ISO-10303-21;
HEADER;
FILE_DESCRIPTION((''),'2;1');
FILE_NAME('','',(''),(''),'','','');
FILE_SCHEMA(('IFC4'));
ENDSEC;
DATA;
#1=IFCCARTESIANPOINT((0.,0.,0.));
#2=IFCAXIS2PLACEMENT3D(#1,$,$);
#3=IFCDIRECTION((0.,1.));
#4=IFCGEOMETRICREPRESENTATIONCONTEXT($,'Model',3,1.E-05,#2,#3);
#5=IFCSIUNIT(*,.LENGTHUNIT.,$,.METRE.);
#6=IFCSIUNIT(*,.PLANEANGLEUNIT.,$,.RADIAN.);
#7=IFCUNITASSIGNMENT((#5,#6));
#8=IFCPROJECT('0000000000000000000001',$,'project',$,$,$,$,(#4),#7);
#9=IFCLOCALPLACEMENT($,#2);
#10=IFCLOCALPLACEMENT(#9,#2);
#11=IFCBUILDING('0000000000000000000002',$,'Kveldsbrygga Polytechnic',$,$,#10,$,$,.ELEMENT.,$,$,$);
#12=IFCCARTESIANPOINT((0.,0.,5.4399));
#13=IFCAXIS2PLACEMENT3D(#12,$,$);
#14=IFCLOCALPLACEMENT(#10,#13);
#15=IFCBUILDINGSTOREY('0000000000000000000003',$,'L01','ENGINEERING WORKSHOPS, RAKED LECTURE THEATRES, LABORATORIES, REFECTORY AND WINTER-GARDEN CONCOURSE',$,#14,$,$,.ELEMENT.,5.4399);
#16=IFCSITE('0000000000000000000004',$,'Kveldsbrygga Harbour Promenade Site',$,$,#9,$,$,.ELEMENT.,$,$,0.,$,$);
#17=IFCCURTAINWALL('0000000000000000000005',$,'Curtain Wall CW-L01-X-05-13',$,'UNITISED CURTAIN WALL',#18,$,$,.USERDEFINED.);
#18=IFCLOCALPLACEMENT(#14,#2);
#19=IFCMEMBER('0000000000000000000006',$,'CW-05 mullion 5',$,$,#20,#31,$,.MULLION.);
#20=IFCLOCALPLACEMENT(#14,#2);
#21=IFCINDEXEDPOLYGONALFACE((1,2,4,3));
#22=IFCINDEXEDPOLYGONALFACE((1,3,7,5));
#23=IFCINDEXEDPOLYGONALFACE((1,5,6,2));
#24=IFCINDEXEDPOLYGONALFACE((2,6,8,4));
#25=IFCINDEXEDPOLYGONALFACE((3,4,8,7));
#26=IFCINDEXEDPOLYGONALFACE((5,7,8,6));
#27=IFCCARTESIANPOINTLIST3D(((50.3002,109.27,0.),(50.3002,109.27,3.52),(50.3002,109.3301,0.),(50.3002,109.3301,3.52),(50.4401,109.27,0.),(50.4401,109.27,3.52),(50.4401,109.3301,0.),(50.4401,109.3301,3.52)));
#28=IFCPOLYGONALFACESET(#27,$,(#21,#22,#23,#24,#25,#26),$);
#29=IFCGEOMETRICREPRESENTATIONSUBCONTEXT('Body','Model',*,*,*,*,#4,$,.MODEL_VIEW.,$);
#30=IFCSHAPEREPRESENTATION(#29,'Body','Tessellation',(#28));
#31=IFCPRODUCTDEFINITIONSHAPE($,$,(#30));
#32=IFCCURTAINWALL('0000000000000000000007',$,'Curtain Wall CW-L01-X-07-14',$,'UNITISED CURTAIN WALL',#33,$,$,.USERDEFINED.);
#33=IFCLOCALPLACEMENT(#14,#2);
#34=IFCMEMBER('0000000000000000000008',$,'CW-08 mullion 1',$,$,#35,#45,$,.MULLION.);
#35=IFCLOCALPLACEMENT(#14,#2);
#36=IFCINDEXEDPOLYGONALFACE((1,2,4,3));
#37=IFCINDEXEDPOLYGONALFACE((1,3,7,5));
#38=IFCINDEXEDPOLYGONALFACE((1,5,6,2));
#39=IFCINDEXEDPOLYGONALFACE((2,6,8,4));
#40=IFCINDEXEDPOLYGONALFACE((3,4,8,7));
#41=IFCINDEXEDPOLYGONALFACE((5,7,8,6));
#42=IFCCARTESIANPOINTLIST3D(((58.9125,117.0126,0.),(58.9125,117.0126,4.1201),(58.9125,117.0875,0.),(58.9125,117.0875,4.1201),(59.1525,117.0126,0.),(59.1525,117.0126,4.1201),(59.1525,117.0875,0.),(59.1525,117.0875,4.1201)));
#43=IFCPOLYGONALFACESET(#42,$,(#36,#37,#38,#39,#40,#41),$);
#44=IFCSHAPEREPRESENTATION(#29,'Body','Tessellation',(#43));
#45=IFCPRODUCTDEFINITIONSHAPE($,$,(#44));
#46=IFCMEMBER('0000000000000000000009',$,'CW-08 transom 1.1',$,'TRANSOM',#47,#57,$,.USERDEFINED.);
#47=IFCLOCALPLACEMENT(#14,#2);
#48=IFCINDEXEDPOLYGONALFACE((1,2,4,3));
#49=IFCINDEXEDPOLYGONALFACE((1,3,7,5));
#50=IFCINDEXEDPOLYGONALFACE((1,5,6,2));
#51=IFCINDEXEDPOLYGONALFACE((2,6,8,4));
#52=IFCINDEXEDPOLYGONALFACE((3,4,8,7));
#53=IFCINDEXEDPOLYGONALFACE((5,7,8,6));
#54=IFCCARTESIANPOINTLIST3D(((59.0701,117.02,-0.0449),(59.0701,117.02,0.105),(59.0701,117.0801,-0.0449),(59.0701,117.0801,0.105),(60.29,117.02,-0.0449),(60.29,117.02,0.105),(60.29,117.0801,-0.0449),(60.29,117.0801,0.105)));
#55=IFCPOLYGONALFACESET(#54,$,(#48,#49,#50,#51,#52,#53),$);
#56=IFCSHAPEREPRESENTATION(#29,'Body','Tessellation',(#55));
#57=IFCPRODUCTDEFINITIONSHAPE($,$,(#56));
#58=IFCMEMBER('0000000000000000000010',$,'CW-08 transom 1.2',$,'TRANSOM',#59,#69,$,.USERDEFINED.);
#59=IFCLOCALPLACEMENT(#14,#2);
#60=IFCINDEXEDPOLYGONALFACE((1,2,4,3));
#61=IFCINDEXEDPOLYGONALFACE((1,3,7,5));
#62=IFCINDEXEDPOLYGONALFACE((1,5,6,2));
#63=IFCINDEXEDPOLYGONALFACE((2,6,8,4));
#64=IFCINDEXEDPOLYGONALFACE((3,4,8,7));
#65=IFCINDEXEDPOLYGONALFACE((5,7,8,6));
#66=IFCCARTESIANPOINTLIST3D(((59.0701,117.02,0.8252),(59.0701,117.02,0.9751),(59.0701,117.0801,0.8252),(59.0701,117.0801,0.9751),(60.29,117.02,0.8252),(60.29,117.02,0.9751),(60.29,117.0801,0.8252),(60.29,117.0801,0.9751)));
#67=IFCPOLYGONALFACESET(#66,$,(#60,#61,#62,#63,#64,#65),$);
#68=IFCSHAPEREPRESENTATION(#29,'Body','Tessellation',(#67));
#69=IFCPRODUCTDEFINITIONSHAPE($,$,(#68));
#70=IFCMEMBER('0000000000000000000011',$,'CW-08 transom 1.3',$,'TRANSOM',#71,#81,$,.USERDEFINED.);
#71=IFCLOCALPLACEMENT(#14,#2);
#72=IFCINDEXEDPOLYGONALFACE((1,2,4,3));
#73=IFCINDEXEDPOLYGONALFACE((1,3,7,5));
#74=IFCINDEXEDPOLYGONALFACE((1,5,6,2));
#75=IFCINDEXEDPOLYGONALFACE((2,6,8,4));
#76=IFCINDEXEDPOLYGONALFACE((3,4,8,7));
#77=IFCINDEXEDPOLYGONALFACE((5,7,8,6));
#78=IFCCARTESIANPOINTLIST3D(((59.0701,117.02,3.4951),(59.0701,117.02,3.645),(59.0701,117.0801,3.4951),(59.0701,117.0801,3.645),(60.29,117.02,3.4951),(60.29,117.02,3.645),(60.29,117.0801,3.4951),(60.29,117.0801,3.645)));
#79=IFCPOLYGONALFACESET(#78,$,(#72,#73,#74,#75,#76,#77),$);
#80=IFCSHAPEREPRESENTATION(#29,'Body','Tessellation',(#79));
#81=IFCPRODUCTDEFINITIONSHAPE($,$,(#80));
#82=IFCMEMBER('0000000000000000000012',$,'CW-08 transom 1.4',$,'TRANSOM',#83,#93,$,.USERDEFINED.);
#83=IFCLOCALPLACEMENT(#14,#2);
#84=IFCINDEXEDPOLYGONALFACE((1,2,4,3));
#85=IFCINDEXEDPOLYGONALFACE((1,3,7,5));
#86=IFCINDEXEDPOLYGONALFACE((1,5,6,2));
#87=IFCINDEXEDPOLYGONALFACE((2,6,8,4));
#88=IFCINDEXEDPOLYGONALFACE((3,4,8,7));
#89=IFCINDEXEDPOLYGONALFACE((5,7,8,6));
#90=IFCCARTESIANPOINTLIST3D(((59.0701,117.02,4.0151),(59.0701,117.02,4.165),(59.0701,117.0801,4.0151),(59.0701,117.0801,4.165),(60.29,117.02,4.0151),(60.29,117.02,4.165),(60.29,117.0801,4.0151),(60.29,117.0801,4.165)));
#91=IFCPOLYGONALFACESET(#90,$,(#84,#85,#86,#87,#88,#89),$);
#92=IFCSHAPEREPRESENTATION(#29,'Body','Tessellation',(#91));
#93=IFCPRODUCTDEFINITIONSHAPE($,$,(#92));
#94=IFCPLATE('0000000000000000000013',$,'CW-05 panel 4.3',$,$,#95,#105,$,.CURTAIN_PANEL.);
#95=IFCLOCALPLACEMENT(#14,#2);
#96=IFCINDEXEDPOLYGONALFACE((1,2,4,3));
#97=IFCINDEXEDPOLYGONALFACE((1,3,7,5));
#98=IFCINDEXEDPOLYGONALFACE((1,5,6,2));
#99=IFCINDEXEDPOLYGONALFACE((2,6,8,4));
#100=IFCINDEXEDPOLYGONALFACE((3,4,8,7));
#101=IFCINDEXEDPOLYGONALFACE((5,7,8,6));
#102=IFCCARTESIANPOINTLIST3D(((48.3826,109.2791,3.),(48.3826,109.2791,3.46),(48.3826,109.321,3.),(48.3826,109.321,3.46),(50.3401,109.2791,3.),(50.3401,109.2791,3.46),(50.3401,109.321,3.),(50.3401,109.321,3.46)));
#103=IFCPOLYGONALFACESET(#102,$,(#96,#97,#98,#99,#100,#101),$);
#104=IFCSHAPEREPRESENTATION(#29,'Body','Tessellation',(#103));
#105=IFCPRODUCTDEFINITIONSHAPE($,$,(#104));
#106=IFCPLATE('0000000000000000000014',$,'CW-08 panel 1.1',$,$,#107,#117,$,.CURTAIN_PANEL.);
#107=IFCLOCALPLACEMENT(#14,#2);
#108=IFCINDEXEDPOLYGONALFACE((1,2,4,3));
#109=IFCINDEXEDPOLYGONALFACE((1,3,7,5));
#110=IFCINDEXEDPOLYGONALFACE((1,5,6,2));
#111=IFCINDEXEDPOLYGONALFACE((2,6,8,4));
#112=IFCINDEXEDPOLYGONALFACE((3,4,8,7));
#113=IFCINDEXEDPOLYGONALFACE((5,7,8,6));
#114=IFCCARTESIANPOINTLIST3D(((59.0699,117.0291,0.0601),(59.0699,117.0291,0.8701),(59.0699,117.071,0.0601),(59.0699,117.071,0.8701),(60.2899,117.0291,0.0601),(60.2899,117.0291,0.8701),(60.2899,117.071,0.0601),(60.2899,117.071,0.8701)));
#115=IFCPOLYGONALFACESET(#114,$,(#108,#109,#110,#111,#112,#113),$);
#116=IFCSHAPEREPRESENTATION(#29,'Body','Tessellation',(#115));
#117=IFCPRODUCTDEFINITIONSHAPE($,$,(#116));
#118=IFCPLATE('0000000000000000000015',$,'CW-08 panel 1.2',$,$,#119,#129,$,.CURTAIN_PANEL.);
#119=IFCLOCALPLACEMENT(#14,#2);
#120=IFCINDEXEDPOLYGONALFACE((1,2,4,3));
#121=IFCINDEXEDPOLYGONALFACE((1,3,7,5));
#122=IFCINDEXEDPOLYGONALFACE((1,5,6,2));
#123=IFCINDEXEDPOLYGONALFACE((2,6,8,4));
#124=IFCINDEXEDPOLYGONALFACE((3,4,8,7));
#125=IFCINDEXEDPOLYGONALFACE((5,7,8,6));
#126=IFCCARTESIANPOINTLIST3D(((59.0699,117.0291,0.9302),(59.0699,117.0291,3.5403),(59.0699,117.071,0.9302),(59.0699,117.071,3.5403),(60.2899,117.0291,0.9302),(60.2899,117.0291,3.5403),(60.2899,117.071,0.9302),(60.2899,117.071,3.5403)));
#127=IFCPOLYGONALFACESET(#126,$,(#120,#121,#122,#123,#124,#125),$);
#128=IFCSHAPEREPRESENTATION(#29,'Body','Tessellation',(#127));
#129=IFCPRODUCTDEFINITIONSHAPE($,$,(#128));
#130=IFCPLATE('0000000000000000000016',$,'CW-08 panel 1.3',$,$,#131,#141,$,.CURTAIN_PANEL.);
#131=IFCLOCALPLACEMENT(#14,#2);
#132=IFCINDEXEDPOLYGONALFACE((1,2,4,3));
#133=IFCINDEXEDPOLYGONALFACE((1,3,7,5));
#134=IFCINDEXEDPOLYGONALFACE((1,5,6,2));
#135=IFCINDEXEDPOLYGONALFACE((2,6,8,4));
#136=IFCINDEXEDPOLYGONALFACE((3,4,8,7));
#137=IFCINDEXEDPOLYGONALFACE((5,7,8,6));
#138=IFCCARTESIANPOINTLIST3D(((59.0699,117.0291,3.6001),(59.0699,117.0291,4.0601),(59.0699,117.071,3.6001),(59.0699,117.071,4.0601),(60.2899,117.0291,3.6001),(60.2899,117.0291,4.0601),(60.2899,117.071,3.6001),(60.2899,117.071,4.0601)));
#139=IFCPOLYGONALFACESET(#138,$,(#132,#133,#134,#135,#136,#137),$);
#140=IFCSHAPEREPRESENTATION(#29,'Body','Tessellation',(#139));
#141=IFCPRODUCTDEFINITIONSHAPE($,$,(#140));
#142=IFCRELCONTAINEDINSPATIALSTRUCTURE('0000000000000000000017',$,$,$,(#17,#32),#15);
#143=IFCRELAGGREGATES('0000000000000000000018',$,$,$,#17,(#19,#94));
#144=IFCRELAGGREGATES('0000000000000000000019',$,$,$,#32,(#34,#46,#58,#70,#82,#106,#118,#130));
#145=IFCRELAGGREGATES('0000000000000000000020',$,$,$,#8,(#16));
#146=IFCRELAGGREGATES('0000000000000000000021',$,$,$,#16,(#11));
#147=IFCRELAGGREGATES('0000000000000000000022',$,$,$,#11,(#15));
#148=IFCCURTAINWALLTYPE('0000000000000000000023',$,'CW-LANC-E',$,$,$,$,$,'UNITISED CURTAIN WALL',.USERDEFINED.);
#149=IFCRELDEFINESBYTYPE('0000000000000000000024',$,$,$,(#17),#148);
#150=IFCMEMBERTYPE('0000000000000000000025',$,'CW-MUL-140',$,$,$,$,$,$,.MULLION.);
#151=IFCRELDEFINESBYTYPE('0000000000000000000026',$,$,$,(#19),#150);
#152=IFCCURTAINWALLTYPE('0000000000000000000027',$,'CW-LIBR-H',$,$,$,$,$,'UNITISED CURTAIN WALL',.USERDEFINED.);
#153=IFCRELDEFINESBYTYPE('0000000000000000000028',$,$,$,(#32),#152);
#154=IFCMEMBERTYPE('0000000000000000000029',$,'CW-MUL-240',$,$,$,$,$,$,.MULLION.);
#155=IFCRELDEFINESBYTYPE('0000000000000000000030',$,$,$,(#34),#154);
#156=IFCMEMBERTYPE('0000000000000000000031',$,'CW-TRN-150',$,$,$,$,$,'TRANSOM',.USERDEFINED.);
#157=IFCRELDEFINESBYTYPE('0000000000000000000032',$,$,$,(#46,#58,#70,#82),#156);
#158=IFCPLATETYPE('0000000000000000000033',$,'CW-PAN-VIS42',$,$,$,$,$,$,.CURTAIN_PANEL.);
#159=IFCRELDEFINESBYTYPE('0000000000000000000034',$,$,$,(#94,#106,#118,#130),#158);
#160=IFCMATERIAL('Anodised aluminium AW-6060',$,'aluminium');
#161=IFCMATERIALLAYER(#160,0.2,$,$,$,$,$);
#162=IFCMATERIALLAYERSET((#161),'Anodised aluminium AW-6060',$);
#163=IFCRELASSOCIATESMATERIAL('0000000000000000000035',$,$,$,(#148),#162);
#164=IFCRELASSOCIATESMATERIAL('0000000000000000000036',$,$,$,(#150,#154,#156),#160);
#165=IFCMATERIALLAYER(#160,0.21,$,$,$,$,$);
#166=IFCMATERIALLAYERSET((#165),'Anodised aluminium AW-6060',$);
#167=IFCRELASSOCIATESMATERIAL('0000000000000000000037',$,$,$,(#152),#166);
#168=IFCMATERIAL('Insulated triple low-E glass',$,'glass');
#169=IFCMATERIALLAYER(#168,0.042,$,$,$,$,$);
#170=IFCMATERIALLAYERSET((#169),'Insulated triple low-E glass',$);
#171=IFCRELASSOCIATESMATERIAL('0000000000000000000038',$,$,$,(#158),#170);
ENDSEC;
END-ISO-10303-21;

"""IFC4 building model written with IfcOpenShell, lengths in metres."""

from ifc_helpers import new_model, si_unit, direction, frame, origin, origin_2d, place, context, subcontext, project, spatial, rectangle, extrude, material, layer, layer_set, material_profile, profile_set, type_object, element, aggregate, save


model = new_model("IFC4")

# Units and contexts
model_context = context("Model", 3, precision=1e-05, world=origin(), true_north=direction((0.0, 1.0)))
body_context = subcontext(model_context, "Body", "Model", "MODEL_VIEW")
ifc_project = project(units=[si_unit("LENGTHUNIT", "METRE"), si_unit("PLANEANGLEUNIT", "RADIAN")], contexts=[model_context])

# Site, building, storey
site_placement = place(None, origin())
site = spatial("IfcSite", under=ifc_project, at=site_placement, Name="Kveldsbrygga Harbour Promenade Site", CompositionType="ELEMENT", RefElevation=0.0)
building_placement = place(site_placement, origin())
building = spatial("IfcBuilding", under=site, at=building_placement, Name="Kveldsbrygga Polytechnic", CompositionType="ELEMENT")
storey_placement = place(building_placement, frame((0.0, 0.0, 5.4399)))
storey = spatial("IfcBuildingStorey", under=building, at=storey_placement, Name="L01", Description="ENGINEERING WORKSHOPS, RAKED LECTURE THEATRES, LABORATORIES, REFECTORY AND WINTER-GARDEN CONCOURSE", CompositionType="ELEMENT", Elevation=5.4399)

# Curtain wall, member
ifc_material_1 = material(Name="Anodised aluminium AW-6060", Category="aluminium")
ifc_layer_1 = layer(ifc_material_1, 0.2)
ifc_layer_set_1 = layer_set([ifc_layer_1], Name="Anodised aluminium AW-6060")
curtain_wall_type_1 = type_object("IfcCurtainWallType", Name="CW-LANC-E", ElementType="UNITISED CURTAIN WALL", PredefinedType="USERDEFINED", material=ifc_layer_set_1)
curtain_wall_1_placement = place(storey_placement, origin())
curtain_wall_1 = element("IfcCurtainWall", 1, at=curtain_wall_1_placement, inside=storey, type_object=curtain_wall_type_1, Name="Curtain Wall CW-L01-X-05-13", ObjectType="UNITISED CURTAIN WALL", PredefinedType="USERDEFINED")
ifc_material_profile_1 = material_profile(ifc_material_1, rectangle(XDim=0.0601, YDim=0.1399, at=origin_2d()), Name="ALU 60x140")
ifc_profile_set_1 = profile_set([ifc_material_profile_1], Name="Anodised aluminium AW-6060")
member_type_1 = type_object("IfcMemberType", Name="CW-MUL-140", PredefinedType="MULLION", material=ifc_profile_set_1)
member_1_placement = place(storey_placement, frame((50.3701, 109.3, 0.0), z_axis=(0.0, 0.0, 1.0), x_axis=(0.0, 1.0, 0.0)))
member_1 = element("IfcMember", 2, at=member_1_placement, type_object=member_type_1, Name="CW-05 mullion 5", PredefinedType="MULLION", context=body_context, shape_type="SweptSolid", body=[
    extrude(rectangle(XDim=0.0601, YDim=0.1399, at=origin_2d()), origin(), (0.0, 0.0, 1.0), 3.52),
])

# Curtain wall, members
ifc_layer_2 = layer(ifc_material_1, 0.21)
ifc_layer_set_2 = layer_set([ifc_layer_2], Name="Anodised aluminium AW-6060")
curtain_wall_type_2 = type_object("IfcCurtainWallType", Name="CW-LIBR-H", ElementType="UNITISED CURTAIN WALL", PredefinedType="USERDEFINED", material=ifc_layer_set_2)
curtain_wall_2_placement = place(storey_placement, origin())
curtain_wall_2 = element("IfcCurtainWall", 3, at=curtain_wall_2_placement, inside=storey, type_object=curtain_wall_type_2, Name="Curtain Wall CW-L01-X-07-14", ObjectType="UNITISED CURTAIN WALL", PredefinedType="USERDEFINED")
ifc_material_profile_2 = material_profile(ifc_material_1, rectangle(XDim=0.075, YDim=0.24, at=origin_2d()), Name="ALU 75x240")
ifc_profile_set_2 = profile_set([ifc_material_profile_2], Name="Anodised aluminium AW-6060")
member_type_2 = type_object("IfcMemberType", Name="CW-MUL-240", PredefinedType="MULLION", material=ifc_profile_set_2)
member_2_placement = place(storey_placement, frame((59.0325, 117.05, 0.0), z_axis=(0.0, 0.0, 1.0), x_axis=(0.0, 1.0, 0.0)))
member_2 = element("IfcMember", 4, at=member_2_placement, type_object=member_type_2, Name="CW-08 mullion 1", PredefinedType="MULLION", context=body_context, shape_type="SweptSolid", body=[
    extrude(rectangle(XDim=0.075, YDim=0.24, at=origin_2d()), origin(), (0.0, 0.0, 1.0), 4.1201),
])
ifc_material_profile_3 = material_profile(ifc_material_1, rectangle(XDim=0.0601, YDim=0.1499, at=origin_2d()), Name="ALU 60x150")
ifc_profile_set_3 = profile_set([ifc_material_profile_3], Name="Anodised aluminium AW-6060")
member_type_3 = type_object("IfcMemberType", Name="CW-TRN-150", ElementType="TRANSOM", PredefinedType="USERDEFINED", material=ifc_profile_set_3)
member_3_placement = place(storey_placement, frame((59.0701, 117.05, 0.03), z_axis=(1.0, 0.0, 0.0), x_axis=(0.0, 1.0, 0.0)))
member_3 = element("IfcMember", 5, at=member_3_placement, type_object=member_type_3, Name="CW-08 transom 1.1", ObjectType="TRANSOM", PredefinedType="USERDEFINED", context=body_context, shape_type="SweptSolid", body=[
    extrude(rectangle(XDim=0.0601, YDim=0.1499, at=origin_2d()), origin(), (0.0, 0.0, 1.0), 1.22),
])
member_4_placement = place(storey_placement, frame((59.0701, 117.05, 0.9001), z_axis=(1.0, 0.0, 0.0), x_axis=(0.0, 1.0, 0.0)))
member_4 = element("IfcMember", 6, at=member_4_placement, type_object=member_type_3, Name="CW-08 transom 1.2", ObjectType="TRANSOM", PredefinedType="USERDEFINED", context=body_context, shape_type="SweptSolid", body=[
    extrude(rectangle(XDim=0.0601, YDim=0.1499, at=origin_2d()), origin(), (0.0, 0.0, 1.0), 1.22),
])
member_5_placement = place(storey_placement, frame((59.0701, 117.05, 3.5701), z_axis=(1.0, 0.0, 0.0), x_axis=(0.0, 1.0, 0.0)))
member_5 = element("IfcMember", 7, at=member_5_placement, type_object=member_type_3, Name="CW-08 transom 1.3", ObjectType="TRANSOM", PredefinedType="USERDEFINED", context=body_context, shape_type="SweptSolid", body=[
    extrude(rectangle(XDim=0.0601, YDim=0.1499, at=origin_2d()), origin(), (0.0, 0.0, 1.0), 1.22),
])
member_6_placement = place(storey_placement, frame((59.0701, 117.05, 4.0901), z_axis=(1.0, 0.0, 0.0), x_axis=(0.0, 1.0, 0.0)))
member_6 = element("IfcMember", 8, at=member_6_placement, type_object=member_type_3, Name="CW-08 transom 1.4", ObjectType="TRANSOM", PredefinedType="USERDEFINED", context=body_context, shape_type="SweptSolid", body=[
    extrude(rectangle(XDim=0.0601, YDim=0.1499, at=origin_2d()), origin(), (0.0, 0.0, 1.0), 1.22),
])

# Plates
ifc_material_2 = material(Name="Insulated triple low-E glass", Category="glass")
ifc_layer_3 = layer(ifc_material_2, 0.042)
ifc_layer_set_3 = layer_set([ifc_layer_3], Name="Insulated triple low-E glass")
plate_type = type_object("IfcPlateType", Name="CW-PAN-VIS42", PredefinedType="CURTAIN_PANEL", material=ifc_layer_set_3)
plate_1_placement = place(storey_placement, frame((49.3613, 109.3, 3.0), z_axis=(0.0, 0.0, 1.0), x_axis=(1.0, 0.0, 0.0)))
plate_1 = element("IfcPlate", 9, at=plate_1_placement, type_object=plate_type, Name="CW-05 panel 4.3", PredefinedType="CURTAIN_PANEL", context=body_context, shape_type="SweptSolid", body=[
    extrude(rectangle(XDim=1.9575, YDim=0.042, at=origin_2d()), origin(), (0.0, 0.0, 1.0), 0.46),
])
aggregate(curtain_wall_1, [member_1, plate_1])
plate_2_placement = place(storey_placement, frame((59.6799, 117.05, 0.0601), z_axis=(0.0, 0.0, 1.0), x_axis=(1.0, 0.0, 0.0)))
plate_2 = element("IfcPlate", 10, at=plate_2_placement, type_object=plate_type, Name="CW-08 panel 1.1", PredefinedType="CURTAIN_PANEL", context=body_context, shape_type="SweptSolid", body=[
    extrude(rectangle(XDim=1.22, YDim=0.042, at=origin_2d()), origin(), (0.0, 0.0, 1.0), 0.8101),
])
plate_3_placement = place(storey_placement, frame((59.6799, 117.05, 0.9302), z_axis=(0.0, 0.0, 1.0), x_axis=(1.0, 0.0, 0.0)))
plate_3 = element("IfcPlate", 11, at=plate_3_placement, type_object=plate_type, Name="CW-08 panel 1.2", PredefinedType="CURTAIN_PANEL", context=body_context, shape_type="SweptSolid", body=[
    extrude(rectangle(XDim=1.22, YDim=0.042, at=origin_2d()), origin(), (0.0, 0.0, 1.0), 2.6101),
])
plate_4_placement = place(storey_placement, frame((59.6799, 117.05, 3.6001), z_axis=(0.0, 0.0, 1.0), x_axis=(1.0, 0.0, 0.0)))
plate_4 = element("IfcPlate", 12, at=plate_4_placement, type_object=plate_type, Name="CW-08 panel 1.3", PredefinedType="CURTAIN_PANEL", context=body_context, shape_type="SweptSolid", body=[
    extrude(rectangle(XDim=1.22, YDim=0.042, at=origin_2d()), origin(), (0.0, 0.0, 1.0), 0.46),
])
aggregate(curtain_wall_2, [member_2, member_3, member_4, member_5, member_6, plate_2, plate_3, plate_4])

save(model, "model.ifc")
